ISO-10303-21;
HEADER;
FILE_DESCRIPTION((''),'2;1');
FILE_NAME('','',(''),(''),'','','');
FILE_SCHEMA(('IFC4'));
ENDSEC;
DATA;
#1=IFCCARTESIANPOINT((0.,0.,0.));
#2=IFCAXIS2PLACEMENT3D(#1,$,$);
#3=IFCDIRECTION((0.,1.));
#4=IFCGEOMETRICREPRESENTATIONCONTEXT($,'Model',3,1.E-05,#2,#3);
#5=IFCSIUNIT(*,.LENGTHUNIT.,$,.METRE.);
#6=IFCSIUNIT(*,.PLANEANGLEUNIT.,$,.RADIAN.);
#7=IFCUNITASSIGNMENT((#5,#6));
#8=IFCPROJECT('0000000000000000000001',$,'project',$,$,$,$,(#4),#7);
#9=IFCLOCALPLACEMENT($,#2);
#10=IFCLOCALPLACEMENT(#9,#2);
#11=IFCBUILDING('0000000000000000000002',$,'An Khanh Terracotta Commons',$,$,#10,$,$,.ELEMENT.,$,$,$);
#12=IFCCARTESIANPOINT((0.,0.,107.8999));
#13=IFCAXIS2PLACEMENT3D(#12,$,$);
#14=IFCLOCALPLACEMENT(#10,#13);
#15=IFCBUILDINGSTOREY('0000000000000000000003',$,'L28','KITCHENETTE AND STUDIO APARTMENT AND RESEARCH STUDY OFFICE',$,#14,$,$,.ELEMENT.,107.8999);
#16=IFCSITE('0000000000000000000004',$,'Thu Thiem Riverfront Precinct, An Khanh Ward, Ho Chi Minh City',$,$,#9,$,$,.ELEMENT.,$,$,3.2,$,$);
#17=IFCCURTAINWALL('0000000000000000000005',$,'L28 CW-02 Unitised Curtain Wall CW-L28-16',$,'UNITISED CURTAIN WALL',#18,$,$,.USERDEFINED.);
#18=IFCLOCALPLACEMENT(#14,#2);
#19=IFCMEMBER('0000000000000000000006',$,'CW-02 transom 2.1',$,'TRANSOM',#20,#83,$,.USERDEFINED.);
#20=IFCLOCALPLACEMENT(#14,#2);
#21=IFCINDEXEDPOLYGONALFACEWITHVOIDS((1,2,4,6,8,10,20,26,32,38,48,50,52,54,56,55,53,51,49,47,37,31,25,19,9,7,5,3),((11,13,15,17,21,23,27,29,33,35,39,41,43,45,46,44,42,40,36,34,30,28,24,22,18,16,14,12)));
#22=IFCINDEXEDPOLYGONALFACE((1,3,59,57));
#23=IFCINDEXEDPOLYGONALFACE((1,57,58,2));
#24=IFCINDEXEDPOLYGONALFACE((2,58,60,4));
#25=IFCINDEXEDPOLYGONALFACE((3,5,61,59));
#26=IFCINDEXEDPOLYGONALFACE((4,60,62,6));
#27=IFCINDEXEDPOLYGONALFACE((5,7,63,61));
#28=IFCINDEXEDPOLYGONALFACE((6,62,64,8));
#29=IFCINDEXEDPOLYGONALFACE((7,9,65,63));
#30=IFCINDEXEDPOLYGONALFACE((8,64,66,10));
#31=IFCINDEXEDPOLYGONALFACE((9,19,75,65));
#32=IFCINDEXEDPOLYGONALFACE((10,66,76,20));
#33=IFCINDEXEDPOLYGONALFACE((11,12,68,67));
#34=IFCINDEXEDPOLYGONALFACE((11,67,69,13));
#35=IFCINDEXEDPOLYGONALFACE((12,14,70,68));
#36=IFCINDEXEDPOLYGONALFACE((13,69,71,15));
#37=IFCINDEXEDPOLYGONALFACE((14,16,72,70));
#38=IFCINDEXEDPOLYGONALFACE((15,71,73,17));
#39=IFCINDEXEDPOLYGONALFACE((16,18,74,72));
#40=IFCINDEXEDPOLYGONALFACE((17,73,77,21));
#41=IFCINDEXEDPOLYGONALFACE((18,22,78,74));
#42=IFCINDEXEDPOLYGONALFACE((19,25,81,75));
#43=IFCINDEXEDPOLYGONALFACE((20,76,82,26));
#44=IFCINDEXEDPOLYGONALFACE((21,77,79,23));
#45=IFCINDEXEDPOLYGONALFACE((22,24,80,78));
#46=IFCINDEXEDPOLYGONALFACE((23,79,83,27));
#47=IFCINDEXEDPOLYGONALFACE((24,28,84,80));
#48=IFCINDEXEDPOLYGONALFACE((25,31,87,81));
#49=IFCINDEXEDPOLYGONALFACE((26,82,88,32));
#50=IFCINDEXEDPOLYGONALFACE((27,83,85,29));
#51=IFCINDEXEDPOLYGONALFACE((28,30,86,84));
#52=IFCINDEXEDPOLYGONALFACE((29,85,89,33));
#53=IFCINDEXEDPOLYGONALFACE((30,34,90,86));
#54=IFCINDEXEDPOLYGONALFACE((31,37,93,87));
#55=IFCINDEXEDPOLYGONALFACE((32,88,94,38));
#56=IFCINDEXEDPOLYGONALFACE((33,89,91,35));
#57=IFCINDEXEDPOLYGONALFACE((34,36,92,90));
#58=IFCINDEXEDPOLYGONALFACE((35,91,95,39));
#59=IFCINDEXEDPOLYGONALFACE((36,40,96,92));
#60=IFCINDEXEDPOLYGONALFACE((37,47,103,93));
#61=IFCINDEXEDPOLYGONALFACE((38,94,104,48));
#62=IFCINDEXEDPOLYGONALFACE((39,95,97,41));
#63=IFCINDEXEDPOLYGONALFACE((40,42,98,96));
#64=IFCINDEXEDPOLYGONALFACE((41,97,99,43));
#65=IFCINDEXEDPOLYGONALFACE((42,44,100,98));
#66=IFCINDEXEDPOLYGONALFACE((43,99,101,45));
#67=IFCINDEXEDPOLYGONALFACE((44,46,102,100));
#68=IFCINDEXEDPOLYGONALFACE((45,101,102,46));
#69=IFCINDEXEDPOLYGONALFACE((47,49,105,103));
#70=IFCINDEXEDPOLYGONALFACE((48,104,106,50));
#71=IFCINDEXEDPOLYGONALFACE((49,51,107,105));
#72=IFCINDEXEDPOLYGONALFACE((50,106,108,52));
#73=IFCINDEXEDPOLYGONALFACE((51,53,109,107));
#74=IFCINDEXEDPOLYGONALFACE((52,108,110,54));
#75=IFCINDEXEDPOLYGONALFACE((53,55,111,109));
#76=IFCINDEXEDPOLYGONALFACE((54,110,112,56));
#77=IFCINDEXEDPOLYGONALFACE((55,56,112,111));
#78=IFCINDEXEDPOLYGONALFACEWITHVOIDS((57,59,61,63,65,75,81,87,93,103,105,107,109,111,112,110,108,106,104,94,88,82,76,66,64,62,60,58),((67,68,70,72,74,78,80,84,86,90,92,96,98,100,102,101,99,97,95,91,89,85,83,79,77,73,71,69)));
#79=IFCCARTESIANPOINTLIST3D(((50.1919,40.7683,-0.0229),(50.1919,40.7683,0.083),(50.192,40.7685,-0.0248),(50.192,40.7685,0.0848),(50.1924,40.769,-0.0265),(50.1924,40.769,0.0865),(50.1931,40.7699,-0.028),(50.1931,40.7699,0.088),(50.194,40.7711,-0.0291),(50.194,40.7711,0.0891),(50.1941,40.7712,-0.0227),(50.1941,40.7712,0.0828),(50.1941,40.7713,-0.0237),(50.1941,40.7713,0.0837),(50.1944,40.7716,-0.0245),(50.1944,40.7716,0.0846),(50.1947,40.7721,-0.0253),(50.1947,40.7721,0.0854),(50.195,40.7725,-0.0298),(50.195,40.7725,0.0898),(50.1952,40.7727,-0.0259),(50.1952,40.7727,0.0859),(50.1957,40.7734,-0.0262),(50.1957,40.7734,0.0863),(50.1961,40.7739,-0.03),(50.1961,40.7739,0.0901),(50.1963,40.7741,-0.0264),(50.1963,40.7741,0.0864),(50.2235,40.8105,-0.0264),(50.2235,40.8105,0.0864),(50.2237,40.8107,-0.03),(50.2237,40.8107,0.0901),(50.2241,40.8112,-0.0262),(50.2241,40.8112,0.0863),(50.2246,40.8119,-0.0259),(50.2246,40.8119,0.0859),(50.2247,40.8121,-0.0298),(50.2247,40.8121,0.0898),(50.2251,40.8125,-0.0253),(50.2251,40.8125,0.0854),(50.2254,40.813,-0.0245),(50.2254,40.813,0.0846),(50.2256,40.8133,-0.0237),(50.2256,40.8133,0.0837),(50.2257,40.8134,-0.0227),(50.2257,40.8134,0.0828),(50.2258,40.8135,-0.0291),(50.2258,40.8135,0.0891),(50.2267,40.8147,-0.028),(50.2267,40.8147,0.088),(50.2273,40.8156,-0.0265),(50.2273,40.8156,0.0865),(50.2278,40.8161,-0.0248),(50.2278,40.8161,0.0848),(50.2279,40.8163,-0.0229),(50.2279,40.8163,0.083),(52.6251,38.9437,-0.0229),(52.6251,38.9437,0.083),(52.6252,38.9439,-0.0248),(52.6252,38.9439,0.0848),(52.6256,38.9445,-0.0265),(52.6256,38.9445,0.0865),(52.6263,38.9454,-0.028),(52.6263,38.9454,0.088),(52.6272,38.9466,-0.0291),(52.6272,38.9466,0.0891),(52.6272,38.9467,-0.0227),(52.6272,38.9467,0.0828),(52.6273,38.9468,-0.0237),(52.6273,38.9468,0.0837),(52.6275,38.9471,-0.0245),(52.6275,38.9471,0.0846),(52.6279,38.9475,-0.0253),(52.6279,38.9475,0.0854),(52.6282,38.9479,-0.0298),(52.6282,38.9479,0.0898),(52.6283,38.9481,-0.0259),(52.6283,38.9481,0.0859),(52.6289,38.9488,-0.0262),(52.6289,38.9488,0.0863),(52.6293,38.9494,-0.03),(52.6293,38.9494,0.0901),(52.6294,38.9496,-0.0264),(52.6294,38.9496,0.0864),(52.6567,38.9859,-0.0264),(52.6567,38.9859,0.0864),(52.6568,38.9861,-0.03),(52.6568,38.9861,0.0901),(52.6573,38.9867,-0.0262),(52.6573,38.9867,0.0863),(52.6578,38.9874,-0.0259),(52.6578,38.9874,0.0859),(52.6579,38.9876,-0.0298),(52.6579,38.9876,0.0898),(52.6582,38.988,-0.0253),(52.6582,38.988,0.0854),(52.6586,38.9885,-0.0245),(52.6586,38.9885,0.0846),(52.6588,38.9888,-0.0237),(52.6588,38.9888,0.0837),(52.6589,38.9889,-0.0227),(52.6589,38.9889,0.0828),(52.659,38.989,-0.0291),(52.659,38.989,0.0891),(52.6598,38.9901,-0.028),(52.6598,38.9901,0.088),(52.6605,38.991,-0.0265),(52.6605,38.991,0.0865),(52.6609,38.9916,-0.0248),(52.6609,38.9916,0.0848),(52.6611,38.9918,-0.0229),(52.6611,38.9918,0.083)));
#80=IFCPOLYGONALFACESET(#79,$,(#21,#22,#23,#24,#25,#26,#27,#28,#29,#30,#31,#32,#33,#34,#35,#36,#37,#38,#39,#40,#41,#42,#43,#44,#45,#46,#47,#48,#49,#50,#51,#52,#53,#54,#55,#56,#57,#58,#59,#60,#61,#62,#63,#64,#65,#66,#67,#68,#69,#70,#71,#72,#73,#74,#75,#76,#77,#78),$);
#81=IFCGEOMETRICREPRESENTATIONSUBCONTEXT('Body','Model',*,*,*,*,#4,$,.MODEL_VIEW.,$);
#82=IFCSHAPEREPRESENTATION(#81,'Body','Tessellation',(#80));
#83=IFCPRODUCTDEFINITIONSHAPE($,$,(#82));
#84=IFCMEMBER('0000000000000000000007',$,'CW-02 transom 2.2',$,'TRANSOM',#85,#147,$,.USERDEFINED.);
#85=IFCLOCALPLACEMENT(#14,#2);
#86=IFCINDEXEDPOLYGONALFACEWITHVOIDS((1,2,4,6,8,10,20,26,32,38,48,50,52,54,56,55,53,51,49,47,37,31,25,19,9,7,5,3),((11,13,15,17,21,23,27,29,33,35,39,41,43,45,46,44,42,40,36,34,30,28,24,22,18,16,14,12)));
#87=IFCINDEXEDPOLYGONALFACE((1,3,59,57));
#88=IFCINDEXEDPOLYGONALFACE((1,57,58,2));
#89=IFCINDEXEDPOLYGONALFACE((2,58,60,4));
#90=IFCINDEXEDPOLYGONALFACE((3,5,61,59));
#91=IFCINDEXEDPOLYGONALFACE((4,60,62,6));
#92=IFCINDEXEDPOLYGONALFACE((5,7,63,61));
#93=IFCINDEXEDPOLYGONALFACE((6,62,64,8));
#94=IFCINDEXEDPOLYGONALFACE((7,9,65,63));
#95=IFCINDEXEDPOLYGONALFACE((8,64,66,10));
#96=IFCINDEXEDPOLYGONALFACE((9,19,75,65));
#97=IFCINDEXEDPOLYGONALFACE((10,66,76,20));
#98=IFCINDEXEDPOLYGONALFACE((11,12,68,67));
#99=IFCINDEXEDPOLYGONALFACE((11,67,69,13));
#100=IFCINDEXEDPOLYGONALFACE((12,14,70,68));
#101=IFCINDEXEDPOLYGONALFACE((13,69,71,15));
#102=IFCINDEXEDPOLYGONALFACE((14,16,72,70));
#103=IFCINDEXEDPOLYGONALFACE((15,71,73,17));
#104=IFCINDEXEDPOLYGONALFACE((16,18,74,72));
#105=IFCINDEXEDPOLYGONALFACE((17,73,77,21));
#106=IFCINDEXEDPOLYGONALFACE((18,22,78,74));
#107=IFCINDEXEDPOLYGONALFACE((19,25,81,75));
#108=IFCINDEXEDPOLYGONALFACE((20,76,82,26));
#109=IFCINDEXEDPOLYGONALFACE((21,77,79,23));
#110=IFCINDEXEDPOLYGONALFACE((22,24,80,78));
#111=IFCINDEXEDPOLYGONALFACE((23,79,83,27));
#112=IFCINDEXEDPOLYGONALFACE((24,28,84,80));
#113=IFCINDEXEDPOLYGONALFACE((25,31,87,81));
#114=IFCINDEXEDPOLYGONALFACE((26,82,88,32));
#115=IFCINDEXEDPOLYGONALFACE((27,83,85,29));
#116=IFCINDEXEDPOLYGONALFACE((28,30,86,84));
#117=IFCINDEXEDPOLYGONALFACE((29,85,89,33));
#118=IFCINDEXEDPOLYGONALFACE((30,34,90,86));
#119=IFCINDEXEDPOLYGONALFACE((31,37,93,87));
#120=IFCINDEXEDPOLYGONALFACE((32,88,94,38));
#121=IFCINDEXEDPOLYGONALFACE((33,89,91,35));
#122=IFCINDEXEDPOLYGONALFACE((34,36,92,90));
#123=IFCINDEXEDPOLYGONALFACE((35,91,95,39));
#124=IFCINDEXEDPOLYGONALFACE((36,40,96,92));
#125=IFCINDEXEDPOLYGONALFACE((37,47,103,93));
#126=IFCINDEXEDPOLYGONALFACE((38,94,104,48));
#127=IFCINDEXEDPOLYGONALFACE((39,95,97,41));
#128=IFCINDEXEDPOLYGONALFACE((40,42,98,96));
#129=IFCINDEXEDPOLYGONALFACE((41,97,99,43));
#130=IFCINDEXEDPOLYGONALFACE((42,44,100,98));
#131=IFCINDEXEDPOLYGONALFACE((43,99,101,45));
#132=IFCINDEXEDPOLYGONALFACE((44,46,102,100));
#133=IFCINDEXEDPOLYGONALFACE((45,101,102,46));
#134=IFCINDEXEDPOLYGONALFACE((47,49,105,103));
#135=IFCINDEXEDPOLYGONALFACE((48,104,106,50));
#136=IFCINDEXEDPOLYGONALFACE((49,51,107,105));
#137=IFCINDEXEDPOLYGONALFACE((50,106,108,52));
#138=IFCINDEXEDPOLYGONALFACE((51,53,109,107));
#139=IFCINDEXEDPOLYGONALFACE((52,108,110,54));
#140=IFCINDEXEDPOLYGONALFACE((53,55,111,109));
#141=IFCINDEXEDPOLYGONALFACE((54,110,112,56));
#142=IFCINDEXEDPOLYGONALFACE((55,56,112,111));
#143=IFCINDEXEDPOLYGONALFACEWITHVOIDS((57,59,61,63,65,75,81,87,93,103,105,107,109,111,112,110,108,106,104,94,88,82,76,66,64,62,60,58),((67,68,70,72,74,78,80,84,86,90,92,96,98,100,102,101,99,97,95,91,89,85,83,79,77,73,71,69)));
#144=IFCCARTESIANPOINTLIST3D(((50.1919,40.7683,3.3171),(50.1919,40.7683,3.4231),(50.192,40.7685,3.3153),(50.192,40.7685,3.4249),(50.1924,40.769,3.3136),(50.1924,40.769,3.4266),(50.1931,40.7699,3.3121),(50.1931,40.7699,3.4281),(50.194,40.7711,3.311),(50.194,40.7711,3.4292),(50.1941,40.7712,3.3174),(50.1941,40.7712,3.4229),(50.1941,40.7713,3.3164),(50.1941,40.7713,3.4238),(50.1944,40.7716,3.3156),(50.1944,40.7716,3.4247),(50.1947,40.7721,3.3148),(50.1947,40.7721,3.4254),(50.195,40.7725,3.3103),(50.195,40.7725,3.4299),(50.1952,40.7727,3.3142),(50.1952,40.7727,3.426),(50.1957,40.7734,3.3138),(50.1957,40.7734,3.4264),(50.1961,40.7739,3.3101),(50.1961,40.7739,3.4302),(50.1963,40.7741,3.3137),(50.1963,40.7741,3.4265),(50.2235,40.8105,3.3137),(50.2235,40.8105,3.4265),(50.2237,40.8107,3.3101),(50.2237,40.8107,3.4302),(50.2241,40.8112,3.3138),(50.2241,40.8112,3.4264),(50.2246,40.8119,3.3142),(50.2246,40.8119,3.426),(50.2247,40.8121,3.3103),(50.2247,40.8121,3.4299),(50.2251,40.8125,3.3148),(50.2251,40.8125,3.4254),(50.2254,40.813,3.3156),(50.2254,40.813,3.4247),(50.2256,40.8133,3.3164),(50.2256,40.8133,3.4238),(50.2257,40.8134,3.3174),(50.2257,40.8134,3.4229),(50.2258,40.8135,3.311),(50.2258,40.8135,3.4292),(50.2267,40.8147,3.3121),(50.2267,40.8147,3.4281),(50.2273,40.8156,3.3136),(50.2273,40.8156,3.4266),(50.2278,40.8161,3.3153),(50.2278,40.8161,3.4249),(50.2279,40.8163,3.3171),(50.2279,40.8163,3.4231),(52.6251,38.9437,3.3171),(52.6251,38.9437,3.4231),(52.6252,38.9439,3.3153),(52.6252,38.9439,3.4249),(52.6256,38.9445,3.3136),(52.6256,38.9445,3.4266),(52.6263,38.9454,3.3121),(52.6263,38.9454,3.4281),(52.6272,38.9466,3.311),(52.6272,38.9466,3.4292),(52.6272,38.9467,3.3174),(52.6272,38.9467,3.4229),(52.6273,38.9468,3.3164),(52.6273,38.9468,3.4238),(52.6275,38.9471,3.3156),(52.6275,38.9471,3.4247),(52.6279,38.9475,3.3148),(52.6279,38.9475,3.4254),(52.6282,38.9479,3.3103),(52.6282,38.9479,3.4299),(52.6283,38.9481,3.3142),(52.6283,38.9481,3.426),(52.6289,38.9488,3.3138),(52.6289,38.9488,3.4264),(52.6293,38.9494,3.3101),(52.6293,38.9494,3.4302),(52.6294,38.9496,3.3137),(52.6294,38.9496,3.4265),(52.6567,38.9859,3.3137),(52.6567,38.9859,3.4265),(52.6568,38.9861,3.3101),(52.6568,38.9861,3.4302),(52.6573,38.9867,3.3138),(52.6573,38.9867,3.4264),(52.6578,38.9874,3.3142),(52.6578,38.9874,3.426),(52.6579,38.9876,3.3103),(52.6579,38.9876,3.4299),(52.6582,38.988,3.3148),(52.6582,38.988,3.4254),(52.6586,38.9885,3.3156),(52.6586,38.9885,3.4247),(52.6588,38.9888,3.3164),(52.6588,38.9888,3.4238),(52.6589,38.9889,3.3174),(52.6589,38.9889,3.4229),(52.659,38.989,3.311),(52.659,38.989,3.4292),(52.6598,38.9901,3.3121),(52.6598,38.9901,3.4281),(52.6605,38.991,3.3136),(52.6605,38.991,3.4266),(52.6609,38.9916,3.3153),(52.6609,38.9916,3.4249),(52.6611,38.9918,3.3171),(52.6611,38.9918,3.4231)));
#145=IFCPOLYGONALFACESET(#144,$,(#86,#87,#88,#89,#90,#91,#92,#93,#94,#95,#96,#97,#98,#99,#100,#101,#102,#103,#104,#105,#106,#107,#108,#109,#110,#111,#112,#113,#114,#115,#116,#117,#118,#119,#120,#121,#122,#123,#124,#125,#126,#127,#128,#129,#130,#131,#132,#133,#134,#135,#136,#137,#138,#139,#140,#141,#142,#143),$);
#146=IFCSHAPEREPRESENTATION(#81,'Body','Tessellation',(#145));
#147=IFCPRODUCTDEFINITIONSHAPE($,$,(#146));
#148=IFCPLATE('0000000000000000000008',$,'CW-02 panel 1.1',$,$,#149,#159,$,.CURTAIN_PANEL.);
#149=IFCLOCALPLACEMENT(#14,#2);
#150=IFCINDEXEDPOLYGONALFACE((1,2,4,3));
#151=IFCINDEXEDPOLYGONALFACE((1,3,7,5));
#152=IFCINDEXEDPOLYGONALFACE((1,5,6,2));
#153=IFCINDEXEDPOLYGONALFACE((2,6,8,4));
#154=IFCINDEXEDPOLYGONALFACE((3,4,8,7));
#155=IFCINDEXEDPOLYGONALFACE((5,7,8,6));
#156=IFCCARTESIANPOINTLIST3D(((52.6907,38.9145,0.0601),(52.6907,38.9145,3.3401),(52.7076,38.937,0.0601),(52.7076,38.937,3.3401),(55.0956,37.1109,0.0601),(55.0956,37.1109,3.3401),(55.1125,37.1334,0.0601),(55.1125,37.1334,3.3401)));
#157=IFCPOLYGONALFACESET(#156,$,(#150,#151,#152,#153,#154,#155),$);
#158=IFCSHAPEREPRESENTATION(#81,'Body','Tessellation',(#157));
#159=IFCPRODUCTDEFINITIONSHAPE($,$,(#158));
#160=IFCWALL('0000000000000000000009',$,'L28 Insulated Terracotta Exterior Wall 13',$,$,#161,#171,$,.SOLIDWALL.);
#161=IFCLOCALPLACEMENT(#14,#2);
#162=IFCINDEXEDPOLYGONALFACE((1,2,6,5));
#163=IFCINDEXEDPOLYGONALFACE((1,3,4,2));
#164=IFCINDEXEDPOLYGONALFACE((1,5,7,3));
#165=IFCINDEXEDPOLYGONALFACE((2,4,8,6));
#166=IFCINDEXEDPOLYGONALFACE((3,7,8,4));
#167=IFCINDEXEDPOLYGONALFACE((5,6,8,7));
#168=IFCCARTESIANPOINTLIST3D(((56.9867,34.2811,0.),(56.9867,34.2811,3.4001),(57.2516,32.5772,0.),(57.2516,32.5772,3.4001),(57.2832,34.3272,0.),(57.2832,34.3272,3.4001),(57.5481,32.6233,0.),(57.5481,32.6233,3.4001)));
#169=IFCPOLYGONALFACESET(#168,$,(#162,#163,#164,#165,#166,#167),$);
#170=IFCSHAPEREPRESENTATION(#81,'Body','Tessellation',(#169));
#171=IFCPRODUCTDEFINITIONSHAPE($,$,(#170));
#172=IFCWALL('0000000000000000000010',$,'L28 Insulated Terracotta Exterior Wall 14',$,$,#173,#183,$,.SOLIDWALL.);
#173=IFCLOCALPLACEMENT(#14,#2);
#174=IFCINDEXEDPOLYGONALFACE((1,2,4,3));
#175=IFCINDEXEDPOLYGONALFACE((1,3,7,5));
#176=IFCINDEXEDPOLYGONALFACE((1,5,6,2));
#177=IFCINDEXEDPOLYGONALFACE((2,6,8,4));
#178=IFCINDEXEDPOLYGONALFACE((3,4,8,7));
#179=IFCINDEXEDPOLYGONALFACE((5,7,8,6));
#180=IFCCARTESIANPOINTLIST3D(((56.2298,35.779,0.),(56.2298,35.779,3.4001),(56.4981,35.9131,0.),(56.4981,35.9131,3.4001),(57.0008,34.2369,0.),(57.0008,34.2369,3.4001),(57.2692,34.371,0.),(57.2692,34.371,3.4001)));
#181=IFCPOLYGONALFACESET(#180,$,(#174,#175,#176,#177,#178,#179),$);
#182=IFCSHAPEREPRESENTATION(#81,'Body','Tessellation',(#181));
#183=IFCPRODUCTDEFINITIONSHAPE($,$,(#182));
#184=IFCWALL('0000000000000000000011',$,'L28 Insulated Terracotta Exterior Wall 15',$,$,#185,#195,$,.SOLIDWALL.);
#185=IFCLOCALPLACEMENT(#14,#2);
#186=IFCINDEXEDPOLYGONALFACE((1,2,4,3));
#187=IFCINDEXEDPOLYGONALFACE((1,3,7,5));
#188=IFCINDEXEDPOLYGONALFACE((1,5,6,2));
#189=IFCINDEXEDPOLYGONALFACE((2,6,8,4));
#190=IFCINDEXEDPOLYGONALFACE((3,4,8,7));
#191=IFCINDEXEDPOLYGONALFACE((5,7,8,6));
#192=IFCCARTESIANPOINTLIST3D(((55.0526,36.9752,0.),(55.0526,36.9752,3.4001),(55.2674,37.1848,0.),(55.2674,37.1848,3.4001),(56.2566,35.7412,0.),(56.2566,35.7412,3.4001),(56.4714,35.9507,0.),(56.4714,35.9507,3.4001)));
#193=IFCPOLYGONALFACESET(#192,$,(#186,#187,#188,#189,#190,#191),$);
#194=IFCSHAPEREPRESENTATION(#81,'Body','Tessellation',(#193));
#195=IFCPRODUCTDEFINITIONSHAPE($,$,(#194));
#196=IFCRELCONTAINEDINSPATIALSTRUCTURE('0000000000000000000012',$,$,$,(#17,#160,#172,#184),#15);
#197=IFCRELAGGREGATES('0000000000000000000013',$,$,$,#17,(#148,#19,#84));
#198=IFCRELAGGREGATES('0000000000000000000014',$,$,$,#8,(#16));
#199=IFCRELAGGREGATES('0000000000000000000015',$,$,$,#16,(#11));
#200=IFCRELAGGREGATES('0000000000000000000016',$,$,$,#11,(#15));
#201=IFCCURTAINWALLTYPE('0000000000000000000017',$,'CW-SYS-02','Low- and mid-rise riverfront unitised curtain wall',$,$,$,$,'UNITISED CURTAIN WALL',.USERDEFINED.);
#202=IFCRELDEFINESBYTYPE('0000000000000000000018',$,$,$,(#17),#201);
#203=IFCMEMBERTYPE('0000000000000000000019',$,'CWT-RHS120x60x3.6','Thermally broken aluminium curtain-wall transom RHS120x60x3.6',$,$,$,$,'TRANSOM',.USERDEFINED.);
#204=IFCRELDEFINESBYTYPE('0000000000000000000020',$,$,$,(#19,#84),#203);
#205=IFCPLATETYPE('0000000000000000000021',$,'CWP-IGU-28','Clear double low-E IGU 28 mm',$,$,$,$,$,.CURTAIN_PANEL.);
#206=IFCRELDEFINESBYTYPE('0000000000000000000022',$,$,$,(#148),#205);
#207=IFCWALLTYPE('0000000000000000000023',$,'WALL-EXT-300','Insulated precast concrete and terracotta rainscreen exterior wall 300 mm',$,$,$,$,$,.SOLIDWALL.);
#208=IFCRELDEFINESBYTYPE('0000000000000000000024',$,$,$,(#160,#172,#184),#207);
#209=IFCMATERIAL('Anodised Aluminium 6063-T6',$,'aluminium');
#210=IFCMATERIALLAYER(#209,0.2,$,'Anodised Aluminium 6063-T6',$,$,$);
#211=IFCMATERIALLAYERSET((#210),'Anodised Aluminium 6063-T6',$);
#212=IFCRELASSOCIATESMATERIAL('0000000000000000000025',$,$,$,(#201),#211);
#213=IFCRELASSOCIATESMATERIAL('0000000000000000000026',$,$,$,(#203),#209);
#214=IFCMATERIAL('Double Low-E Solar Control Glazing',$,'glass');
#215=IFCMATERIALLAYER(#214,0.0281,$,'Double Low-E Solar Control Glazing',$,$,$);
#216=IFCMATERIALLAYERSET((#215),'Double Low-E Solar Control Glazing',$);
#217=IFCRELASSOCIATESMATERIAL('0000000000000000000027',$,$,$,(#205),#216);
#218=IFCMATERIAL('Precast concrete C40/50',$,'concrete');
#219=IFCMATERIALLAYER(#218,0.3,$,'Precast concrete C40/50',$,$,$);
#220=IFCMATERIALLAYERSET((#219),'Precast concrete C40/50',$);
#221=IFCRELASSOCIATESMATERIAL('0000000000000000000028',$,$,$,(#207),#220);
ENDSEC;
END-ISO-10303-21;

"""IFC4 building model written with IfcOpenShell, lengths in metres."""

from ifc_helpers import new_model, si_unit, direction, frame, frame_2d, origin, origin_2d, place, context, subcontext, project, spatial, rectangle, hollow_rectangle, extrude, material, layer, layer_set, material_profile, profile_set, type_object, element, aggregate, save


model = new_model("IFC4")

# Units and contexts
model_context = context("Model", 3, precision=1e-05, world=origin(), true_north=direction((0.0, 1.0)))
body_context = subcontext(model_context, "Body", "Model", "MODEL_VIEW")
ifc_project = project(units=[si_unit("LENGTHUNIT", "METRE"), si_unit("PLANEANGLEUNIT", "RADIAN")], contexts=[model_context])

# Site, building, storey
site_placement = place(None, origin())
site = spatial("IfcSite", under=ifc_project, at=site_placement, Name="Thu Thiem Riverfront Precinct, An Khanh Ward, Ho Chi Minh City", CompositionType="ELEMENT", RefElevation=3.2)
building_placement = place(site_placement, origin())
building = spatial("IfcBuilding", under=site, at=building_placement, Name="An Khanh Terracotta Commons", CompositionType="ELEMENT")
storey_placement = place(building_placement, frame((0.0, 0.0, 107.8999)))
storey = spatial("IfcBuildingStorey", under=building, at=storey_placement, Name="L28", Description="KITCHENETTE AND STUDIO APARTMENT AND RESEARCH STUDY OFFICE", CompositionType="ELEMENT", Elevation=107.8999)

# Shared definitions
ifc_material_1 = material(Name="Anodised Aluminium 6063-T6", Category="aluminium")
ifc_layer_1 = layer(ifc_material_1, 0.2, Name="Anodised Aluminium 6063-T6")
ifc_layer_set_1 = layer_set([ifc_layer_1], Name="Anodised Aluminium 6063-T6")
curtain_wall_type = type_object("IfcCurtainWallType", Name="CW-SYS-02", Description="Low- and mid-rise riverfront unitised curtain wall", ElementType="UNITISED CURTAIN WALL", PredefinedType="USERDEFINED", material=ifc_layer_set_1)

# Curtain wall, members, plate
curtain_wall_1_placement = place(storey_placement, origin())
curtain_wall_1 = element("IfcCurtainWall", 1, at=curtain_wall_1_placement, inside=storey, type_object=curtain_wall_type, Name="L28 CW-02 Unitised Curtain Wall CW-L28-16", ObjectType="UNITISED CURTAIN WALL", PredefinedType="USERDEFINED")
ifc_material_profile_1 = material_profile(ifc_material_1, hollow_rectangle(XDim=0.0601, YDim=0.1201, WallThickness=0.0037, InnerFilletRadius=0.0037, OuterFilletRadius=0.0071, at=origin_2d()), Name="RHS120x60x3.6")
ifc_profile_set_1 = profile_set([ifc_material_profile_1], Name="Anodised Aluminium 6063-T6")
member_type_1 = type_object("IfcMemberType", Name="CWT-RHS120x60x3.6", Description="Thermally broken aluminium curtain-wall transom RHS120x60x3.6", ElementType="TRANSOM", PredefinedType="USERDEFINED", material=ifc_profile_set_1)
member_1_placement = place(storey_placement, frame((52.6431, 38.9678, 0.03), z_axis=(-0.800058, 0.599923, 0.0), x_axis=(-0.599923, -0.800058, 0.0)))
member_1 = element("IfcMember", 2, at=member_1_placement, type_object=member_type_1, Name="CW-02 transom 2.1", ObjectType="TRANSOM", PredefinedType="USERDEFINED", context=body_context, shape_type="SweptSolid", body=[
    extrude(hollow_rectangle(XDim=0.0601, YDim=0.1201, WallThickness=0.0037, InnerFilletRadius=0.0037, OuterFilletRadius=0.0071, at=origin_2d()), origin(), (0.0, 0.0, 1.0), 3.0413),
])
member_2_placement = place(storey_placement, frame((52.6431, 38.9678, 3.3701), z_axis=(-0.800058, 0.599923, 0.0), x_axis=(-0.599923, -0.800058, 0.0)))
member_2 = element("IfcMember", 3, at=member_2_placement, type_object=member_type_1, Name="CW-02 transom 2.2", ObjectType="TRANSOM", PredefinedType="USERDEFINED", context=body_context, shape_type="SweptSolid", body=[
    extrude(hollow_rectangle(XDim=0.0601, YDim=0.1201, WallThickness=0.0037, InnerFilletRadius=0.0037, OuterFilletRadius=0.0071, at=origin_2d()), origin(), (0.0, 0.0, 1.0), 3.0413),
])
ifc_material_2 = material(Name="Double Low-E Solar Control Glazing", Category="glass")
ifc_layer_2 = layer(ifc_material_2, 0.0281, Name="Double Low-E Solar Control Glazing")
ifc_layer_set_2 = layer_set([ifc_layer_2], Name="Double Low-E Solar Control Glazing")
plate_type = type_object("IfcPlateType", Name="CWP-IGU-28", Description="Clear double low-E IGU 28 mm", PredefinedType="CURTAIN_PANEL", material=ifc_layer_set_2)
plate_placement = place(storey_placement, frame((53.9016, 38.0239, 0.0601), z_axis=(0.0, 0.0, 1.0), x_axis=(-0.800013, 0.599983, 0.0)))
plate = element("IfcPlate", 4, at=plate_placement, type_object=plate_type, Name="CW-02 panel 1.1", PredefinedType="CURTAIN_PANEL", context=body_context, shape_type="SweptSolid", body=[
    extrude(rectangle(XDim=3.0061, YDim=0.0281, at=origin_2d()), origin(), (0.0, 0.0, 1.0), 3.28),
])
aggregate(curtain_wall_1, [plate, member_1, member_2])

# Walls
ifc_material_3 = material(Name="Precast concrete C40/50", Category="concrete")
ifc_layer_3 = layer(ifc_material_3, 0.3, Name="Precast concrete C40/50")
ifc_layer_set_3 = layer_set([ifc_layer_3], Name="Precast concrete C40/50")
wall_type = type_object("IfcWallType", Name="WALL-EXT-300", Description="Insulated precast concrete and terracotta rainscreen exterior wall 300 mm", PredefinedType="SOLIDWALL", material=ifc_layer_set_3)
wall_placement = place(storey_placement, frame((57.3999, 32.6001, 0.0), z_axis=(0.0, 0.0, 1.0), x_axis=(-0.153621, 0.98813, 0.0)))
element("IfcWall", 5, at=wall_placement, inside=storey, type_object=wall_type, Name="L28 Insulated Terracotta Exterior Wall 13", PredefinedType="SOLIDWALL", context=body_context, shape_type="SweptSolid", body=[
    extrude(rectangle(XDim=1.7244, YDim=0.3, at=frame_2d((0.8623, 0.0))), origin(), (0.0, 0.0, 1.0), 3.4001),
])
for number, where, z_axis, x_axis, name in (
    (6, (57.135, 34.304, 0.0), (0.0, 0.0, 1.0), (-0.447214, 0.894427, 0.0), "L28 Insulated Terracotta Exterior Wall 14"),
    (7, (56.364, 35.8459, 0.0), (0.0, 0.0, 1.0), (-0.698345, 0.715761, 0.0), "L28 Insulated Terracotta Exterior Wall 15"),
):
    element("IfcWall", number, at=place(storey_placement, frame(where, z_axis=z_axis, x_axis=x_axis)), inside=storey, type_object=wall_type, Name=name, PredefinedType="SOLIDWALL", context=body_context, shape_type="SweptSolid", body=[
        extrude(rectangle(XDim=1.7241, YDim=0.3, at=frame_2d((0.8621, 0.0))), origin(), (0.0, 0.0, 1.0), 3.4001),
    ])

save(model, "model.ifc")
